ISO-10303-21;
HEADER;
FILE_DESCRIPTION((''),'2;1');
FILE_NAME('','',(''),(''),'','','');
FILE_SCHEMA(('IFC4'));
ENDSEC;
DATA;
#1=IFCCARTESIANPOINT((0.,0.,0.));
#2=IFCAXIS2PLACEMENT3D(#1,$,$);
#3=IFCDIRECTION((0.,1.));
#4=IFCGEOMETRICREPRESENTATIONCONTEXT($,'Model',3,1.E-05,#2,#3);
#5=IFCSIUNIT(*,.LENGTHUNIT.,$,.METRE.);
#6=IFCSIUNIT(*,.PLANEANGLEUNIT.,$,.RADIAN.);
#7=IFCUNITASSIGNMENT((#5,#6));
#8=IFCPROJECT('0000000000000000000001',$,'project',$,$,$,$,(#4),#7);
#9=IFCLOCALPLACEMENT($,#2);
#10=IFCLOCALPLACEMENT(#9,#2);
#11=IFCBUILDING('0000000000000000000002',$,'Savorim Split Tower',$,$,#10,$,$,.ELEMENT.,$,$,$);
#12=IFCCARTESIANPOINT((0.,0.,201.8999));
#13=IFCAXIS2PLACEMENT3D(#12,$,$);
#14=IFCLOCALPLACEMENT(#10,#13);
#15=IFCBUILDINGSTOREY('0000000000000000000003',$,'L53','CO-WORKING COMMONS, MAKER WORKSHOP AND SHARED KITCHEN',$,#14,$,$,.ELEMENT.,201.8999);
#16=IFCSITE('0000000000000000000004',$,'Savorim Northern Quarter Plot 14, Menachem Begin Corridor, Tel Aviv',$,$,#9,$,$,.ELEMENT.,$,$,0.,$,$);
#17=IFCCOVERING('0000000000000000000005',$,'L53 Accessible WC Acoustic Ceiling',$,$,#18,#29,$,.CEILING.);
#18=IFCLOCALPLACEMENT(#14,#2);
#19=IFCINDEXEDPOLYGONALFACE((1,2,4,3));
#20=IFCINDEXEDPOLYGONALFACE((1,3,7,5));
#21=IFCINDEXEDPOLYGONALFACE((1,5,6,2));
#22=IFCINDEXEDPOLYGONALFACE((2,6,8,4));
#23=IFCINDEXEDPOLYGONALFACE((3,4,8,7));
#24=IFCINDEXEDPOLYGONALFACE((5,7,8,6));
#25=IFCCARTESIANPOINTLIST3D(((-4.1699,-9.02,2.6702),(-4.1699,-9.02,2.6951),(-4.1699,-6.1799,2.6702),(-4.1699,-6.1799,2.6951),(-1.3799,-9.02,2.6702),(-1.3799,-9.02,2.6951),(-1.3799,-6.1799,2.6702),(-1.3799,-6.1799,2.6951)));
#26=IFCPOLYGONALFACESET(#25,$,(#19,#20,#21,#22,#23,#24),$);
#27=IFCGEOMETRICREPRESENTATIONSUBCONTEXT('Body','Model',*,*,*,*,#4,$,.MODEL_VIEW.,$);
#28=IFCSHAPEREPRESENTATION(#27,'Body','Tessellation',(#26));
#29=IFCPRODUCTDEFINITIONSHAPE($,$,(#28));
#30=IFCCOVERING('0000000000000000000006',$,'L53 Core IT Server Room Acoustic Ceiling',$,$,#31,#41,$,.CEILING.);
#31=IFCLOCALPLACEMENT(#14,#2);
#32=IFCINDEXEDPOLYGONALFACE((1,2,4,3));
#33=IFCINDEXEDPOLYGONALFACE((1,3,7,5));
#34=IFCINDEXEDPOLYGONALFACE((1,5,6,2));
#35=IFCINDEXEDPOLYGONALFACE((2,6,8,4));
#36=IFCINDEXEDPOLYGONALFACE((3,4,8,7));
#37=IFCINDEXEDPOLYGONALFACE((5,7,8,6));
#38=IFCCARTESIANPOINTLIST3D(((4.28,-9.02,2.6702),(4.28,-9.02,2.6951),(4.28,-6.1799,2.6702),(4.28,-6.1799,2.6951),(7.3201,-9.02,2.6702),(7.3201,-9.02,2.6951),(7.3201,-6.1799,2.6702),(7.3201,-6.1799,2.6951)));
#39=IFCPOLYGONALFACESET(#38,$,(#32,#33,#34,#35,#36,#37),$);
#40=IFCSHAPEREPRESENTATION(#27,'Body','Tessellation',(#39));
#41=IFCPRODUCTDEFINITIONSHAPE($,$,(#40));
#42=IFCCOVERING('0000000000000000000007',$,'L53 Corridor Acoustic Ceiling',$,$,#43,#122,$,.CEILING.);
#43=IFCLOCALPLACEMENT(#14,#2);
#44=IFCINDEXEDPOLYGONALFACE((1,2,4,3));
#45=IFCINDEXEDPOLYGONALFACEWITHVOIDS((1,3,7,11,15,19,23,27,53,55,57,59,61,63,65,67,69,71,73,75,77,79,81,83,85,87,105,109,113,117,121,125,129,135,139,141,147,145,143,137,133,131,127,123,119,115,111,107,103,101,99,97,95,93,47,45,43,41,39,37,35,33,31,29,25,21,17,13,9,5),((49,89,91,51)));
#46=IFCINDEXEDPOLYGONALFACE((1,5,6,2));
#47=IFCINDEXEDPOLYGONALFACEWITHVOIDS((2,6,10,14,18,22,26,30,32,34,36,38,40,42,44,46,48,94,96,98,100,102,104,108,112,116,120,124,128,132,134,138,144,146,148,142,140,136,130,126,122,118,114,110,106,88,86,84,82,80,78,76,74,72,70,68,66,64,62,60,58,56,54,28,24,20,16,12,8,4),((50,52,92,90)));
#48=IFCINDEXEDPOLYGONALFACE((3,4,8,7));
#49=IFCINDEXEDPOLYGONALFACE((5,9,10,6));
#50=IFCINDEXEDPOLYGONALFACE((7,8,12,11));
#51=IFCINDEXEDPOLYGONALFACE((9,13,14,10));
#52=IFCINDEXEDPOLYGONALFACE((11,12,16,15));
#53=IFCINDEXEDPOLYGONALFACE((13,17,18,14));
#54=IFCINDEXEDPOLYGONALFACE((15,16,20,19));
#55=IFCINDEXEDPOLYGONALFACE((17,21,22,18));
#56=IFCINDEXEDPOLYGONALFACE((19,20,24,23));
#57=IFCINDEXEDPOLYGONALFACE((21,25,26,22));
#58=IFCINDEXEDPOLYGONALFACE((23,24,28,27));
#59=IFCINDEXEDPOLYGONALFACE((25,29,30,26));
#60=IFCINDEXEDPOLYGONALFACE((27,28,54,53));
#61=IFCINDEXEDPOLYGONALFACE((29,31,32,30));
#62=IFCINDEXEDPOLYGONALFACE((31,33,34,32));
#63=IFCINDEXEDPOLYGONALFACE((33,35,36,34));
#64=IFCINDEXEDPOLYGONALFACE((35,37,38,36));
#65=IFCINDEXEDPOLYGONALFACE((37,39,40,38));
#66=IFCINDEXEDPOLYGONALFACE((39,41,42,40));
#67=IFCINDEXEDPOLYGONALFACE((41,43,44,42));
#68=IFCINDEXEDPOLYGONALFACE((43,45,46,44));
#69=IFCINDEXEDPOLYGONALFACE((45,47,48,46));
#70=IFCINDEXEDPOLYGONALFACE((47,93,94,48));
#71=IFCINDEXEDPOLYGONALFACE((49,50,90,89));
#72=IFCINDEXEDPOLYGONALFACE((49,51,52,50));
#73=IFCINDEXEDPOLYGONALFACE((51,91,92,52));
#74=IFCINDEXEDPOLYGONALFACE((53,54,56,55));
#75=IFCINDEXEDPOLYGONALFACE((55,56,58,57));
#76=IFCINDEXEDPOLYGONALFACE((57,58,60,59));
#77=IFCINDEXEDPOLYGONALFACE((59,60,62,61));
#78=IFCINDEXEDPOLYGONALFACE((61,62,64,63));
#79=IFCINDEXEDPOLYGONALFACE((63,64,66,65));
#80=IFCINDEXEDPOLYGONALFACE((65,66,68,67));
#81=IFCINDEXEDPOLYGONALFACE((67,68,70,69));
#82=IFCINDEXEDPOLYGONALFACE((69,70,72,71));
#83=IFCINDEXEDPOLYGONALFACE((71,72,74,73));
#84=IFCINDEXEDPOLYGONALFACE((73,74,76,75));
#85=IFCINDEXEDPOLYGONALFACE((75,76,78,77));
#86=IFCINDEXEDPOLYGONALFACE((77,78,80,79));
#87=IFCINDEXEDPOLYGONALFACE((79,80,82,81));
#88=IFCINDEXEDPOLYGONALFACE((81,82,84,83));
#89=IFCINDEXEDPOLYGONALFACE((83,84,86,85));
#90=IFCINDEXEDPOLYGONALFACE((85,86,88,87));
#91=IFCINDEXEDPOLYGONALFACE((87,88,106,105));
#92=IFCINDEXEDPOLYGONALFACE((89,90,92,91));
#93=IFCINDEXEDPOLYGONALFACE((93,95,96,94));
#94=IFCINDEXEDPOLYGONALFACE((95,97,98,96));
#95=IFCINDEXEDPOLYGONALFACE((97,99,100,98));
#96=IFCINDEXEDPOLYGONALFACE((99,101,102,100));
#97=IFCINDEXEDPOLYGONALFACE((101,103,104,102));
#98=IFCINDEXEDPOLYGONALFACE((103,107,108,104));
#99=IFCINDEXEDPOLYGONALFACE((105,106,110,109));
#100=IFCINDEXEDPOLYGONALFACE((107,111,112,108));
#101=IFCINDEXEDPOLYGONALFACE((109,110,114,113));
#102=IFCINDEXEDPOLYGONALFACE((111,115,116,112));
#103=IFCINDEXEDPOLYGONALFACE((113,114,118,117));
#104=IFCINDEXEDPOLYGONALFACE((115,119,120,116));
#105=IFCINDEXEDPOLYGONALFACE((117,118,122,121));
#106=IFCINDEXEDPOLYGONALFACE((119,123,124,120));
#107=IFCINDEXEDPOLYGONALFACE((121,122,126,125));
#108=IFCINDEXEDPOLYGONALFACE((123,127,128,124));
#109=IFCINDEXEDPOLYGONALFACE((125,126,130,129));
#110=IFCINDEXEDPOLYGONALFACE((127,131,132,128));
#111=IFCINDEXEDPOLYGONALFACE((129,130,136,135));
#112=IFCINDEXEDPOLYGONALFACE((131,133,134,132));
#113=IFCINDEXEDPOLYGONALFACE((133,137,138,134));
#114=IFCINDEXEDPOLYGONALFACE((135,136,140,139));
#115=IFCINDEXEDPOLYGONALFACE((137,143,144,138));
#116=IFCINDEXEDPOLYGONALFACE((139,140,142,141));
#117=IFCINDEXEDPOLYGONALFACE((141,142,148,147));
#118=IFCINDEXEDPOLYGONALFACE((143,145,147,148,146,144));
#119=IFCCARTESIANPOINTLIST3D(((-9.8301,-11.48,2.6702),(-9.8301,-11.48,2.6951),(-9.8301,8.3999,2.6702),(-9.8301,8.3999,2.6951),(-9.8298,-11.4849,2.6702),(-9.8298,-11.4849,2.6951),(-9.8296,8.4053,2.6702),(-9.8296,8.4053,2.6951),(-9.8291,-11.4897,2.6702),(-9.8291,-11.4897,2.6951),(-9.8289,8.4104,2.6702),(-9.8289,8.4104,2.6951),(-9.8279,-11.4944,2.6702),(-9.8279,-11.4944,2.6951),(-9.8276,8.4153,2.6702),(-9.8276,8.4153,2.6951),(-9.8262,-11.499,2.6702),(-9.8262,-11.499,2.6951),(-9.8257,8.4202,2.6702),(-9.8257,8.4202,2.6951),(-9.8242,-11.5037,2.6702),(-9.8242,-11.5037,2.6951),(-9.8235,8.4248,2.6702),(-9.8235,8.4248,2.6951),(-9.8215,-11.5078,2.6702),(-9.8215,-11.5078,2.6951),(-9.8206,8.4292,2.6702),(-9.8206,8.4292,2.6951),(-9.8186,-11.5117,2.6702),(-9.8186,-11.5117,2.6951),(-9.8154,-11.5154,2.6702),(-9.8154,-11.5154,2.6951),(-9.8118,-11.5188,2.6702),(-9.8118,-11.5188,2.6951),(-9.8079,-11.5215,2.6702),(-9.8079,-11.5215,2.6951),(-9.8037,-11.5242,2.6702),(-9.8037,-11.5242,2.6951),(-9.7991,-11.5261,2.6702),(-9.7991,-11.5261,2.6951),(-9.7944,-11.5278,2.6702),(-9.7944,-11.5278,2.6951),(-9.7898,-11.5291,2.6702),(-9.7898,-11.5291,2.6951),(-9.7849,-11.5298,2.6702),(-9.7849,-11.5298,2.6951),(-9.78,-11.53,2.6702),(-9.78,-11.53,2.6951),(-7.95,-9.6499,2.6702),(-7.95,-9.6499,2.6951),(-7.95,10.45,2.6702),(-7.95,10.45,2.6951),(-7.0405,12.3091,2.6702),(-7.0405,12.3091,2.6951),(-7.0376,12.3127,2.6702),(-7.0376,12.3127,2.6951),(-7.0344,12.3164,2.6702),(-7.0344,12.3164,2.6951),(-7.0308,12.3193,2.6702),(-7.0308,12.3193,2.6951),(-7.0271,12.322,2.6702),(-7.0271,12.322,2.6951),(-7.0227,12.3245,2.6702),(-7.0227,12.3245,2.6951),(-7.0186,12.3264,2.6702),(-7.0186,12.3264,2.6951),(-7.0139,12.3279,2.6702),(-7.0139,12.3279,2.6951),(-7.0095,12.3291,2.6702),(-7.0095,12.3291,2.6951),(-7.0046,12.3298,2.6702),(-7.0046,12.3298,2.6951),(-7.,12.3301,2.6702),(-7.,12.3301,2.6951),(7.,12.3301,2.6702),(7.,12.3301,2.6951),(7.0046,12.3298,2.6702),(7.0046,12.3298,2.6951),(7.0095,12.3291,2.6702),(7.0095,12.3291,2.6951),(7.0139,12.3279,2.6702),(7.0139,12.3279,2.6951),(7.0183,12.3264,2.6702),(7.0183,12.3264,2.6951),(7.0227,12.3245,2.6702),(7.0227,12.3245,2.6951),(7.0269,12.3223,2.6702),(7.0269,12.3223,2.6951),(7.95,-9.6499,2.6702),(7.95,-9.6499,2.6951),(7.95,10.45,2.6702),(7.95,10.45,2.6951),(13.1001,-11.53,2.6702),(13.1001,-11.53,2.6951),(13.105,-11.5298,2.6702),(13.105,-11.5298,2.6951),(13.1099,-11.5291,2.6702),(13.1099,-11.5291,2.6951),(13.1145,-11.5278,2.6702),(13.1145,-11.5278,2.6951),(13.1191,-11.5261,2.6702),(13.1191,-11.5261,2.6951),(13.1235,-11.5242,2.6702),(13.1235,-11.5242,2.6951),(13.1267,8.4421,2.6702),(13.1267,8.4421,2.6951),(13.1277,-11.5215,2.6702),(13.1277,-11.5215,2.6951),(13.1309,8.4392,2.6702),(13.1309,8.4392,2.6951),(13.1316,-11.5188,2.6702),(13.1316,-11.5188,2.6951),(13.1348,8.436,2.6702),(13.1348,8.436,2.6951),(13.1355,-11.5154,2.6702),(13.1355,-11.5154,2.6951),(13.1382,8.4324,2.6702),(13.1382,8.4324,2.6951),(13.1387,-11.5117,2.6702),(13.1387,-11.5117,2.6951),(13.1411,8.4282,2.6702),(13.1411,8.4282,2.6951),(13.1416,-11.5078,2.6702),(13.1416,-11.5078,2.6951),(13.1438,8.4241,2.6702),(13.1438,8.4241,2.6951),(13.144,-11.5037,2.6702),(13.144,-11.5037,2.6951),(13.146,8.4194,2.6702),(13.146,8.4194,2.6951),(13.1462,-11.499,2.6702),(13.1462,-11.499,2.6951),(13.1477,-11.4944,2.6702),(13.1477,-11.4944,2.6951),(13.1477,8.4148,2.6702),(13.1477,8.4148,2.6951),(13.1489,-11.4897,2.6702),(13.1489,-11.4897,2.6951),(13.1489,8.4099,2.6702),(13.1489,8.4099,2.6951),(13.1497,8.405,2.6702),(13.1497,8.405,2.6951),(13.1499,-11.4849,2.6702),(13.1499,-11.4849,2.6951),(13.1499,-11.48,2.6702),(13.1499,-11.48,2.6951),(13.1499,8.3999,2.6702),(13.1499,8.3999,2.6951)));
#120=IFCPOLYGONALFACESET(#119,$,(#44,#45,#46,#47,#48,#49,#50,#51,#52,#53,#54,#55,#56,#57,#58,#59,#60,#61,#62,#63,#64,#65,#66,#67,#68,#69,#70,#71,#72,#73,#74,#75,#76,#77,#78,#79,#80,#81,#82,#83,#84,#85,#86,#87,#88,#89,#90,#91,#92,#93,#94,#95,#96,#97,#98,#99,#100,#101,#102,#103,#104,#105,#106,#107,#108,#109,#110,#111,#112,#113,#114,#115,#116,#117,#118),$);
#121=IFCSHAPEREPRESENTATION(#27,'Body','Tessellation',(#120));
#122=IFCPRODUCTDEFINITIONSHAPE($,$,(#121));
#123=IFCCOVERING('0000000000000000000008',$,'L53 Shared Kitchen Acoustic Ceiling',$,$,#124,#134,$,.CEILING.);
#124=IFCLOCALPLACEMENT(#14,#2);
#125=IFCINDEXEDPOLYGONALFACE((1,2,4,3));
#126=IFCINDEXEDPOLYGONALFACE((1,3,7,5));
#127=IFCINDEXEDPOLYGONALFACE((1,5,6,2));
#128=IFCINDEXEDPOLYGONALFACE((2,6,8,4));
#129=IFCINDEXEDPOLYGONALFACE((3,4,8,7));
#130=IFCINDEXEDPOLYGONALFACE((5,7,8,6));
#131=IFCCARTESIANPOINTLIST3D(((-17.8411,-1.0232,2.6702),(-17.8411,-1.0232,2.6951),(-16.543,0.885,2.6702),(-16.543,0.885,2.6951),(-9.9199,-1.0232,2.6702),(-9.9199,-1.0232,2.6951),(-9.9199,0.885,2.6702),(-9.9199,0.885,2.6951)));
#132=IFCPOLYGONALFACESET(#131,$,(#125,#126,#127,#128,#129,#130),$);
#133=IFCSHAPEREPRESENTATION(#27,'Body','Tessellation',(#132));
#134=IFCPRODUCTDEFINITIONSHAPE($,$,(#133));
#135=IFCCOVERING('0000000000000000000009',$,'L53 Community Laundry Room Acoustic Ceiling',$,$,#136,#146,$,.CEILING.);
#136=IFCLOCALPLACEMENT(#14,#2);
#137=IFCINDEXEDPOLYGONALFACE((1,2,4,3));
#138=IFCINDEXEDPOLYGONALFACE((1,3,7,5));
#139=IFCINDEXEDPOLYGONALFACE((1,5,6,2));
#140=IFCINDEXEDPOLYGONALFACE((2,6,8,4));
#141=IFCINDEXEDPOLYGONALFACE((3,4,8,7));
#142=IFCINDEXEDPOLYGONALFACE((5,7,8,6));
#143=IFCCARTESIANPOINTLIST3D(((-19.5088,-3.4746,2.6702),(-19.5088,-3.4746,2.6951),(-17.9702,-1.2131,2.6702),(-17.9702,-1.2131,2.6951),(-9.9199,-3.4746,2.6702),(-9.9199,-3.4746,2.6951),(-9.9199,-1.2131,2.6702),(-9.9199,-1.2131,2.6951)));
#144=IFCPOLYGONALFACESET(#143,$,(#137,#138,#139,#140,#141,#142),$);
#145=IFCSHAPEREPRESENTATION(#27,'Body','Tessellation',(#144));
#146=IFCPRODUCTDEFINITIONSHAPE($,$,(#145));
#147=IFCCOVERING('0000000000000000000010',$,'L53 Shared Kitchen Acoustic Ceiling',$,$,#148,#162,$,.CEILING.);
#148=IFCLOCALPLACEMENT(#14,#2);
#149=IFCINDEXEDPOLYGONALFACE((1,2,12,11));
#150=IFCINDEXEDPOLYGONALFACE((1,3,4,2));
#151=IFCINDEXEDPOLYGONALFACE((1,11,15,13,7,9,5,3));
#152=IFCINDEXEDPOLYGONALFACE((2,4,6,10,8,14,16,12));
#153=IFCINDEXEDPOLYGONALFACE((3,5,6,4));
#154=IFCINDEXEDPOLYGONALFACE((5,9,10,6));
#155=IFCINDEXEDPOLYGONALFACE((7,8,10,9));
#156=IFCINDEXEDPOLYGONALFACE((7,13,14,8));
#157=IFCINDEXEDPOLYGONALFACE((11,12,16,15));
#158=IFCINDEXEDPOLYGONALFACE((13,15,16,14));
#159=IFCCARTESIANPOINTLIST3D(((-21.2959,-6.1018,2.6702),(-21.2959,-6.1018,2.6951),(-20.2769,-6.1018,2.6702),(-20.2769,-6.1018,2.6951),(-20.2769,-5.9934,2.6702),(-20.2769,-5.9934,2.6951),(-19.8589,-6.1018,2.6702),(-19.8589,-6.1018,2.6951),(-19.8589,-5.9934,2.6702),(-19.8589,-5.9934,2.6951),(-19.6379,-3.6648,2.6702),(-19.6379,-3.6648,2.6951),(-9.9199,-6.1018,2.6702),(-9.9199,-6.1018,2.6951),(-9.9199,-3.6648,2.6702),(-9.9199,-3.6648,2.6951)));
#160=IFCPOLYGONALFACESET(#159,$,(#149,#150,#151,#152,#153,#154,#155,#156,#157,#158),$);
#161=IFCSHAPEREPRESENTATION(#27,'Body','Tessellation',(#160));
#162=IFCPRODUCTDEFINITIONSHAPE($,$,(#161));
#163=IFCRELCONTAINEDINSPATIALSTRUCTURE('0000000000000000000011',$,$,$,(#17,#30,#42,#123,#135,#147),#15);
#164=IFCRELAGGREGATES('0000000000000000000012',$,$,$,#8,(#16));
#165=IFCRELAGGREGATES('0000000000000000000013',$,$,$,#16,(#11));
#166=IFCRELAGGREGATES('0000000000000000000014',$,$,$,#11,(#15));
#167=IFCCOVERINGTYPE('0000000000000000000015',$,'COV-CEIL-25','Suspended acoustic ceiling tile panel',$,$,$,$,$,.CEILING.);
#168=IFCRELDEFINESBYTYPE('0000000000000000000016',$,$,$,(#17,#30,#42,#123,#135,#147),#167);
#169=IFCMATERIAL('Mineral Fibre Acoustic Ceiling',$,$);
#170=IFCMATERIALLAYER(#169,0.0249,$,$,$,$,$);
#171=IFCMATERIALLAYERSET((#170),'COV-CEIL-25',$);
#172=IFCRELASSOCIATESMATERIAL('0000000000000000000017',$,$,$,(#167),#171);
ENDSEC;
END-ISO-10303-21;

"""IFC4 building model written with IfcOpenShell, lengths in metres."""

from ifc_helpers import new_model, si_unit, direction, frame, origin, place, context, subcontext, project, spatial, polyline, outline, extrude, material, layer, layer_set, type_object, element, save


model = new_model("IFC4")

# Units and contexts
model_context = context("Model", 3, precision=1e-05, world=origin(), true_north=direction((0.0, 1.0)))
body_context = subcontext(model_context, "Body", "Model", "MODEL_VIEW")
ifc_project = project(units=[si_unit("LENGTHUNIT", "METRE"), si_unit("PLANEANGLEUNIT", "RADIAN")], contexts=[model_context])

# Site, building, storey
site_placement = place(None, origin())
site = spatial("IfcSite", under=ifc_project, at=site_placement, Name="Savorim Northern Quarter Plot 14, Menachem Begin Corridor, Tel Aviv", CompositionType="ELEMENT", RefElevation=0.0)
building_placement = place(site_placement, origin())
building = spatial("IfcBuilding", under=site, at=building_placement, Name="Savorim Split Tower", CompositionType="ELEMENT")
storey_placement = place(building_placement, frame((0.0, 0.0, 201.8999)))
storey = spatial("IfcBuildingStorey", under=building, at=storey_placement, Name="L53", Description="CO-WORKING COMMONS, MAKER WORKSHOP AND SHARED KITCHEN", CompositionType="ELEMENT", Elevation=201.8999)

# Coverings
ifc_material_1 = material(Name="Mineral Fibre Acoustic Ceiling")
ifc_layer_1 = layer(ifc_material_1, 0.0249)
ifc_layer_set_1 = layer_set([ifc_layer_1], Name="COV-CEIL-25")
covering_type_1 = type_object("IfcCoveringType", Name="COV-CEIL-25", Description="Suspended acoustic ceiling tile panel", PredefinedType="CEILING", material=ifc_layer_set_1)
covering_1_placement = place(storey_placement, frame((0.0, 0.0, 2.6702)))
element("IfcCovering", 1, at=covering_1_placement, inside=storey, type_object=covering_type_1, Name="L53 Accessible WC Acoustic Ceiling", PredefinedType="CEILING", context=body_context, shape_type="SweptSolid", body=[
    extrude(outline(polyline([(-4.1699, -6.1799), (-4.1699, -9.02), (-1.3799, -9.02), (-1.3799, -6.1799), (-4.1699, -6.1799)])), origin(), (0.0, 0.0, 1.0), 0.0249),
])
covering_2_placement = place(storey_placement, frame((0.0, 0.0, 2.6702)))
element("IfcCovering", 2, at=covering_2_placement, inside=storey, type_object=covering_type_1, Name="L53 Core IT Server Room Acoustic Ceiling", PredefinedType="CEILING", context=body_context, shape_type="SweptSolid", body=[
    extrude(outline(polyline([(4.28, -6.1799), (4.28, -9.02), (7.3201, -9.02), (7.3201, -6.1799), (4.28, -6.1799)])), origin(), (0.0, 0.0, 1.0), 0.0249),
])
covering_3_placement = place(storey_placement, frame((0.0, 0.0, 2.6702)))
element("IfcCovering", 3, at=covering_3_placement, inside=storey, type_object=covering_type_1, Name="L53 Corridor Acoustic Ceiling", PredefinedType="CEILING", context=body_context, shape_type="SweptSolid", body=[
    extrude(outline(polyline([(7.0095, 12.3291), (7.0046, 12.3298), (7.0, 12.3301), (-7.0, 12.3301), (-7.0046, 12.3298), (-7.0095, 12.3291), (-7.0139, 12.3279), (-7.0186, 12.3264), (-7.0227, 12.3245), (-7.0271, 12.322), (-7.0308, 12.3193), (-7.0344, 12.3164), (-7.0376, 12.3127), (-7.0405, 12.3091), (-9.8206, 8.4292), (-9.8235, 8.4248), (-9.8257, 8.4202), (-9.8276, 8.4153), (-9.8289, 8.4104), (-9.8296, 8.4053), (-9.8301, 8.3999), (-9.8301, -11.48), (-9.8298, -11.4849), (-9.8291, -11.4897), (-9.8279, -11.4944), (-9.8262, -11.499), (-9.8242, -11.5037), (-9.8215, -11.5078), (-9.8186, -11.5117), (-9.8154, -11.5154), (-9.8118, -11.5188), (-9.8079, -11.5215), (-9.8037, -11.5242), (-9.7991, -11.5261), (-9.7944, -11.5278), (-9.7898, -11.5291), (-9.7849, -11.5298), (-9.78, -11.53), (13.1001, -11.53), (13.105, -11.5298), (13.1099, -11.5291), (13.1145, -11.5278), (13.1191, -11.5261), (13.1235, -11.5242), (13.1277, -11.5215), (13.1316, -11.5188), (13.1355, -11.5154), (13.1387, -11.5117), (13.1416, -11.5078), (13.144, -11.5037), (13.1462, -11.499), (13.1477, -11.4944), (13.1489, -11.4897), (13.1499, -11.4849), (13.1499, -11.48), (13.1499, 8.3999), (13.1497, 8.405), (13.1489, 8.4099), (13.1477, 8.4148), (13.146, 8.4194), (13.1438, 8.4241), (13.1411, 8.4282), (13.1382, 8.4324), (13.1348, 8.436), (13.1309, 8.4392), (13.1267, 8.4421), (7.0269, 12.3223), (7.0227, 12.3245), (7.0183, 12.3264), (7.0139, 12.3279), (7.0095, 12.3291)]), holes=[polyline([(-7.95, 10.45), (-7.95, -9.6499), (7.95, -9.6499), (7.95, 10.45), (-7.95, 10.45)])]), origin(), (0.0, 0.0, 1.0), 0.0249),
])
covering_4_placement = place(storey_placement, frame((0.0, 0.0, 2.6702)))
element("IfcCovering", 4, at=covering_4_placement, inside=storey, type_object=covering_type_1, Name="L53 Shared Kitchen Acoustic Ceiling", PredefinedType="CEILING", context=body_context, shape_type="SweptSolid", body=[
    extrude(outline(polyline([(-16.543, 0.885), (-17.8411, -1.0232), (-9.9199, -1.0232), (-9.9199, 0.885), (-16.543, 0.885)])), origin(), (0.0, 0.0, 1.0), 0.0249),
])
covering_5_placement = place(storey_placement, frame((0.0, 0.0, 2.6702)))
element("IfcCovering", 5, at=covering_5_placement, inside=storey, type_object=covering_type_1, Name="L53 Community Laundry Room Acoustic Ceiling", PredefinedType="CEILING", context=body_context, shape_type="SweptSolid", body=[
    extrude(outline(polyline([(-17.9702, -1.2131), (-19.5088, -3.4746), (-9.9199, -3.4746), (-9.9199, -1.2131), (-17.9702, -1.2131)])), origin(), (0.0, 0.0, 1.0), 0.0249),
])
covering_6_placement = place(storey_placement, frame((0.0, 0.0, 2.6702)))
element("IfcCovering", 6, at=covering_6_placement, inside=storey, type_object=covering_type_1, Name="L53 Shared Kitchen Acoustic Ceiling", PredefinedType="CEILING", context=body_context, shape_type="SweptSolid", body=[
    extrude(outline(polyline([(-19.8589, -5.9934), (-19.8589, -6.1018), (-9.9199, -6.1018), (-9.9199, -3.6648), (-19.6379, -3.6648), (-21.2959, -6.1018), (-20.2769, -6.1018), (-20.2769, -5.9934), (-19.8589, -5.9934)])), origin(), (0.0, 0.0, 1.0), 0.0249),
])

save(model, "model.ifc")
